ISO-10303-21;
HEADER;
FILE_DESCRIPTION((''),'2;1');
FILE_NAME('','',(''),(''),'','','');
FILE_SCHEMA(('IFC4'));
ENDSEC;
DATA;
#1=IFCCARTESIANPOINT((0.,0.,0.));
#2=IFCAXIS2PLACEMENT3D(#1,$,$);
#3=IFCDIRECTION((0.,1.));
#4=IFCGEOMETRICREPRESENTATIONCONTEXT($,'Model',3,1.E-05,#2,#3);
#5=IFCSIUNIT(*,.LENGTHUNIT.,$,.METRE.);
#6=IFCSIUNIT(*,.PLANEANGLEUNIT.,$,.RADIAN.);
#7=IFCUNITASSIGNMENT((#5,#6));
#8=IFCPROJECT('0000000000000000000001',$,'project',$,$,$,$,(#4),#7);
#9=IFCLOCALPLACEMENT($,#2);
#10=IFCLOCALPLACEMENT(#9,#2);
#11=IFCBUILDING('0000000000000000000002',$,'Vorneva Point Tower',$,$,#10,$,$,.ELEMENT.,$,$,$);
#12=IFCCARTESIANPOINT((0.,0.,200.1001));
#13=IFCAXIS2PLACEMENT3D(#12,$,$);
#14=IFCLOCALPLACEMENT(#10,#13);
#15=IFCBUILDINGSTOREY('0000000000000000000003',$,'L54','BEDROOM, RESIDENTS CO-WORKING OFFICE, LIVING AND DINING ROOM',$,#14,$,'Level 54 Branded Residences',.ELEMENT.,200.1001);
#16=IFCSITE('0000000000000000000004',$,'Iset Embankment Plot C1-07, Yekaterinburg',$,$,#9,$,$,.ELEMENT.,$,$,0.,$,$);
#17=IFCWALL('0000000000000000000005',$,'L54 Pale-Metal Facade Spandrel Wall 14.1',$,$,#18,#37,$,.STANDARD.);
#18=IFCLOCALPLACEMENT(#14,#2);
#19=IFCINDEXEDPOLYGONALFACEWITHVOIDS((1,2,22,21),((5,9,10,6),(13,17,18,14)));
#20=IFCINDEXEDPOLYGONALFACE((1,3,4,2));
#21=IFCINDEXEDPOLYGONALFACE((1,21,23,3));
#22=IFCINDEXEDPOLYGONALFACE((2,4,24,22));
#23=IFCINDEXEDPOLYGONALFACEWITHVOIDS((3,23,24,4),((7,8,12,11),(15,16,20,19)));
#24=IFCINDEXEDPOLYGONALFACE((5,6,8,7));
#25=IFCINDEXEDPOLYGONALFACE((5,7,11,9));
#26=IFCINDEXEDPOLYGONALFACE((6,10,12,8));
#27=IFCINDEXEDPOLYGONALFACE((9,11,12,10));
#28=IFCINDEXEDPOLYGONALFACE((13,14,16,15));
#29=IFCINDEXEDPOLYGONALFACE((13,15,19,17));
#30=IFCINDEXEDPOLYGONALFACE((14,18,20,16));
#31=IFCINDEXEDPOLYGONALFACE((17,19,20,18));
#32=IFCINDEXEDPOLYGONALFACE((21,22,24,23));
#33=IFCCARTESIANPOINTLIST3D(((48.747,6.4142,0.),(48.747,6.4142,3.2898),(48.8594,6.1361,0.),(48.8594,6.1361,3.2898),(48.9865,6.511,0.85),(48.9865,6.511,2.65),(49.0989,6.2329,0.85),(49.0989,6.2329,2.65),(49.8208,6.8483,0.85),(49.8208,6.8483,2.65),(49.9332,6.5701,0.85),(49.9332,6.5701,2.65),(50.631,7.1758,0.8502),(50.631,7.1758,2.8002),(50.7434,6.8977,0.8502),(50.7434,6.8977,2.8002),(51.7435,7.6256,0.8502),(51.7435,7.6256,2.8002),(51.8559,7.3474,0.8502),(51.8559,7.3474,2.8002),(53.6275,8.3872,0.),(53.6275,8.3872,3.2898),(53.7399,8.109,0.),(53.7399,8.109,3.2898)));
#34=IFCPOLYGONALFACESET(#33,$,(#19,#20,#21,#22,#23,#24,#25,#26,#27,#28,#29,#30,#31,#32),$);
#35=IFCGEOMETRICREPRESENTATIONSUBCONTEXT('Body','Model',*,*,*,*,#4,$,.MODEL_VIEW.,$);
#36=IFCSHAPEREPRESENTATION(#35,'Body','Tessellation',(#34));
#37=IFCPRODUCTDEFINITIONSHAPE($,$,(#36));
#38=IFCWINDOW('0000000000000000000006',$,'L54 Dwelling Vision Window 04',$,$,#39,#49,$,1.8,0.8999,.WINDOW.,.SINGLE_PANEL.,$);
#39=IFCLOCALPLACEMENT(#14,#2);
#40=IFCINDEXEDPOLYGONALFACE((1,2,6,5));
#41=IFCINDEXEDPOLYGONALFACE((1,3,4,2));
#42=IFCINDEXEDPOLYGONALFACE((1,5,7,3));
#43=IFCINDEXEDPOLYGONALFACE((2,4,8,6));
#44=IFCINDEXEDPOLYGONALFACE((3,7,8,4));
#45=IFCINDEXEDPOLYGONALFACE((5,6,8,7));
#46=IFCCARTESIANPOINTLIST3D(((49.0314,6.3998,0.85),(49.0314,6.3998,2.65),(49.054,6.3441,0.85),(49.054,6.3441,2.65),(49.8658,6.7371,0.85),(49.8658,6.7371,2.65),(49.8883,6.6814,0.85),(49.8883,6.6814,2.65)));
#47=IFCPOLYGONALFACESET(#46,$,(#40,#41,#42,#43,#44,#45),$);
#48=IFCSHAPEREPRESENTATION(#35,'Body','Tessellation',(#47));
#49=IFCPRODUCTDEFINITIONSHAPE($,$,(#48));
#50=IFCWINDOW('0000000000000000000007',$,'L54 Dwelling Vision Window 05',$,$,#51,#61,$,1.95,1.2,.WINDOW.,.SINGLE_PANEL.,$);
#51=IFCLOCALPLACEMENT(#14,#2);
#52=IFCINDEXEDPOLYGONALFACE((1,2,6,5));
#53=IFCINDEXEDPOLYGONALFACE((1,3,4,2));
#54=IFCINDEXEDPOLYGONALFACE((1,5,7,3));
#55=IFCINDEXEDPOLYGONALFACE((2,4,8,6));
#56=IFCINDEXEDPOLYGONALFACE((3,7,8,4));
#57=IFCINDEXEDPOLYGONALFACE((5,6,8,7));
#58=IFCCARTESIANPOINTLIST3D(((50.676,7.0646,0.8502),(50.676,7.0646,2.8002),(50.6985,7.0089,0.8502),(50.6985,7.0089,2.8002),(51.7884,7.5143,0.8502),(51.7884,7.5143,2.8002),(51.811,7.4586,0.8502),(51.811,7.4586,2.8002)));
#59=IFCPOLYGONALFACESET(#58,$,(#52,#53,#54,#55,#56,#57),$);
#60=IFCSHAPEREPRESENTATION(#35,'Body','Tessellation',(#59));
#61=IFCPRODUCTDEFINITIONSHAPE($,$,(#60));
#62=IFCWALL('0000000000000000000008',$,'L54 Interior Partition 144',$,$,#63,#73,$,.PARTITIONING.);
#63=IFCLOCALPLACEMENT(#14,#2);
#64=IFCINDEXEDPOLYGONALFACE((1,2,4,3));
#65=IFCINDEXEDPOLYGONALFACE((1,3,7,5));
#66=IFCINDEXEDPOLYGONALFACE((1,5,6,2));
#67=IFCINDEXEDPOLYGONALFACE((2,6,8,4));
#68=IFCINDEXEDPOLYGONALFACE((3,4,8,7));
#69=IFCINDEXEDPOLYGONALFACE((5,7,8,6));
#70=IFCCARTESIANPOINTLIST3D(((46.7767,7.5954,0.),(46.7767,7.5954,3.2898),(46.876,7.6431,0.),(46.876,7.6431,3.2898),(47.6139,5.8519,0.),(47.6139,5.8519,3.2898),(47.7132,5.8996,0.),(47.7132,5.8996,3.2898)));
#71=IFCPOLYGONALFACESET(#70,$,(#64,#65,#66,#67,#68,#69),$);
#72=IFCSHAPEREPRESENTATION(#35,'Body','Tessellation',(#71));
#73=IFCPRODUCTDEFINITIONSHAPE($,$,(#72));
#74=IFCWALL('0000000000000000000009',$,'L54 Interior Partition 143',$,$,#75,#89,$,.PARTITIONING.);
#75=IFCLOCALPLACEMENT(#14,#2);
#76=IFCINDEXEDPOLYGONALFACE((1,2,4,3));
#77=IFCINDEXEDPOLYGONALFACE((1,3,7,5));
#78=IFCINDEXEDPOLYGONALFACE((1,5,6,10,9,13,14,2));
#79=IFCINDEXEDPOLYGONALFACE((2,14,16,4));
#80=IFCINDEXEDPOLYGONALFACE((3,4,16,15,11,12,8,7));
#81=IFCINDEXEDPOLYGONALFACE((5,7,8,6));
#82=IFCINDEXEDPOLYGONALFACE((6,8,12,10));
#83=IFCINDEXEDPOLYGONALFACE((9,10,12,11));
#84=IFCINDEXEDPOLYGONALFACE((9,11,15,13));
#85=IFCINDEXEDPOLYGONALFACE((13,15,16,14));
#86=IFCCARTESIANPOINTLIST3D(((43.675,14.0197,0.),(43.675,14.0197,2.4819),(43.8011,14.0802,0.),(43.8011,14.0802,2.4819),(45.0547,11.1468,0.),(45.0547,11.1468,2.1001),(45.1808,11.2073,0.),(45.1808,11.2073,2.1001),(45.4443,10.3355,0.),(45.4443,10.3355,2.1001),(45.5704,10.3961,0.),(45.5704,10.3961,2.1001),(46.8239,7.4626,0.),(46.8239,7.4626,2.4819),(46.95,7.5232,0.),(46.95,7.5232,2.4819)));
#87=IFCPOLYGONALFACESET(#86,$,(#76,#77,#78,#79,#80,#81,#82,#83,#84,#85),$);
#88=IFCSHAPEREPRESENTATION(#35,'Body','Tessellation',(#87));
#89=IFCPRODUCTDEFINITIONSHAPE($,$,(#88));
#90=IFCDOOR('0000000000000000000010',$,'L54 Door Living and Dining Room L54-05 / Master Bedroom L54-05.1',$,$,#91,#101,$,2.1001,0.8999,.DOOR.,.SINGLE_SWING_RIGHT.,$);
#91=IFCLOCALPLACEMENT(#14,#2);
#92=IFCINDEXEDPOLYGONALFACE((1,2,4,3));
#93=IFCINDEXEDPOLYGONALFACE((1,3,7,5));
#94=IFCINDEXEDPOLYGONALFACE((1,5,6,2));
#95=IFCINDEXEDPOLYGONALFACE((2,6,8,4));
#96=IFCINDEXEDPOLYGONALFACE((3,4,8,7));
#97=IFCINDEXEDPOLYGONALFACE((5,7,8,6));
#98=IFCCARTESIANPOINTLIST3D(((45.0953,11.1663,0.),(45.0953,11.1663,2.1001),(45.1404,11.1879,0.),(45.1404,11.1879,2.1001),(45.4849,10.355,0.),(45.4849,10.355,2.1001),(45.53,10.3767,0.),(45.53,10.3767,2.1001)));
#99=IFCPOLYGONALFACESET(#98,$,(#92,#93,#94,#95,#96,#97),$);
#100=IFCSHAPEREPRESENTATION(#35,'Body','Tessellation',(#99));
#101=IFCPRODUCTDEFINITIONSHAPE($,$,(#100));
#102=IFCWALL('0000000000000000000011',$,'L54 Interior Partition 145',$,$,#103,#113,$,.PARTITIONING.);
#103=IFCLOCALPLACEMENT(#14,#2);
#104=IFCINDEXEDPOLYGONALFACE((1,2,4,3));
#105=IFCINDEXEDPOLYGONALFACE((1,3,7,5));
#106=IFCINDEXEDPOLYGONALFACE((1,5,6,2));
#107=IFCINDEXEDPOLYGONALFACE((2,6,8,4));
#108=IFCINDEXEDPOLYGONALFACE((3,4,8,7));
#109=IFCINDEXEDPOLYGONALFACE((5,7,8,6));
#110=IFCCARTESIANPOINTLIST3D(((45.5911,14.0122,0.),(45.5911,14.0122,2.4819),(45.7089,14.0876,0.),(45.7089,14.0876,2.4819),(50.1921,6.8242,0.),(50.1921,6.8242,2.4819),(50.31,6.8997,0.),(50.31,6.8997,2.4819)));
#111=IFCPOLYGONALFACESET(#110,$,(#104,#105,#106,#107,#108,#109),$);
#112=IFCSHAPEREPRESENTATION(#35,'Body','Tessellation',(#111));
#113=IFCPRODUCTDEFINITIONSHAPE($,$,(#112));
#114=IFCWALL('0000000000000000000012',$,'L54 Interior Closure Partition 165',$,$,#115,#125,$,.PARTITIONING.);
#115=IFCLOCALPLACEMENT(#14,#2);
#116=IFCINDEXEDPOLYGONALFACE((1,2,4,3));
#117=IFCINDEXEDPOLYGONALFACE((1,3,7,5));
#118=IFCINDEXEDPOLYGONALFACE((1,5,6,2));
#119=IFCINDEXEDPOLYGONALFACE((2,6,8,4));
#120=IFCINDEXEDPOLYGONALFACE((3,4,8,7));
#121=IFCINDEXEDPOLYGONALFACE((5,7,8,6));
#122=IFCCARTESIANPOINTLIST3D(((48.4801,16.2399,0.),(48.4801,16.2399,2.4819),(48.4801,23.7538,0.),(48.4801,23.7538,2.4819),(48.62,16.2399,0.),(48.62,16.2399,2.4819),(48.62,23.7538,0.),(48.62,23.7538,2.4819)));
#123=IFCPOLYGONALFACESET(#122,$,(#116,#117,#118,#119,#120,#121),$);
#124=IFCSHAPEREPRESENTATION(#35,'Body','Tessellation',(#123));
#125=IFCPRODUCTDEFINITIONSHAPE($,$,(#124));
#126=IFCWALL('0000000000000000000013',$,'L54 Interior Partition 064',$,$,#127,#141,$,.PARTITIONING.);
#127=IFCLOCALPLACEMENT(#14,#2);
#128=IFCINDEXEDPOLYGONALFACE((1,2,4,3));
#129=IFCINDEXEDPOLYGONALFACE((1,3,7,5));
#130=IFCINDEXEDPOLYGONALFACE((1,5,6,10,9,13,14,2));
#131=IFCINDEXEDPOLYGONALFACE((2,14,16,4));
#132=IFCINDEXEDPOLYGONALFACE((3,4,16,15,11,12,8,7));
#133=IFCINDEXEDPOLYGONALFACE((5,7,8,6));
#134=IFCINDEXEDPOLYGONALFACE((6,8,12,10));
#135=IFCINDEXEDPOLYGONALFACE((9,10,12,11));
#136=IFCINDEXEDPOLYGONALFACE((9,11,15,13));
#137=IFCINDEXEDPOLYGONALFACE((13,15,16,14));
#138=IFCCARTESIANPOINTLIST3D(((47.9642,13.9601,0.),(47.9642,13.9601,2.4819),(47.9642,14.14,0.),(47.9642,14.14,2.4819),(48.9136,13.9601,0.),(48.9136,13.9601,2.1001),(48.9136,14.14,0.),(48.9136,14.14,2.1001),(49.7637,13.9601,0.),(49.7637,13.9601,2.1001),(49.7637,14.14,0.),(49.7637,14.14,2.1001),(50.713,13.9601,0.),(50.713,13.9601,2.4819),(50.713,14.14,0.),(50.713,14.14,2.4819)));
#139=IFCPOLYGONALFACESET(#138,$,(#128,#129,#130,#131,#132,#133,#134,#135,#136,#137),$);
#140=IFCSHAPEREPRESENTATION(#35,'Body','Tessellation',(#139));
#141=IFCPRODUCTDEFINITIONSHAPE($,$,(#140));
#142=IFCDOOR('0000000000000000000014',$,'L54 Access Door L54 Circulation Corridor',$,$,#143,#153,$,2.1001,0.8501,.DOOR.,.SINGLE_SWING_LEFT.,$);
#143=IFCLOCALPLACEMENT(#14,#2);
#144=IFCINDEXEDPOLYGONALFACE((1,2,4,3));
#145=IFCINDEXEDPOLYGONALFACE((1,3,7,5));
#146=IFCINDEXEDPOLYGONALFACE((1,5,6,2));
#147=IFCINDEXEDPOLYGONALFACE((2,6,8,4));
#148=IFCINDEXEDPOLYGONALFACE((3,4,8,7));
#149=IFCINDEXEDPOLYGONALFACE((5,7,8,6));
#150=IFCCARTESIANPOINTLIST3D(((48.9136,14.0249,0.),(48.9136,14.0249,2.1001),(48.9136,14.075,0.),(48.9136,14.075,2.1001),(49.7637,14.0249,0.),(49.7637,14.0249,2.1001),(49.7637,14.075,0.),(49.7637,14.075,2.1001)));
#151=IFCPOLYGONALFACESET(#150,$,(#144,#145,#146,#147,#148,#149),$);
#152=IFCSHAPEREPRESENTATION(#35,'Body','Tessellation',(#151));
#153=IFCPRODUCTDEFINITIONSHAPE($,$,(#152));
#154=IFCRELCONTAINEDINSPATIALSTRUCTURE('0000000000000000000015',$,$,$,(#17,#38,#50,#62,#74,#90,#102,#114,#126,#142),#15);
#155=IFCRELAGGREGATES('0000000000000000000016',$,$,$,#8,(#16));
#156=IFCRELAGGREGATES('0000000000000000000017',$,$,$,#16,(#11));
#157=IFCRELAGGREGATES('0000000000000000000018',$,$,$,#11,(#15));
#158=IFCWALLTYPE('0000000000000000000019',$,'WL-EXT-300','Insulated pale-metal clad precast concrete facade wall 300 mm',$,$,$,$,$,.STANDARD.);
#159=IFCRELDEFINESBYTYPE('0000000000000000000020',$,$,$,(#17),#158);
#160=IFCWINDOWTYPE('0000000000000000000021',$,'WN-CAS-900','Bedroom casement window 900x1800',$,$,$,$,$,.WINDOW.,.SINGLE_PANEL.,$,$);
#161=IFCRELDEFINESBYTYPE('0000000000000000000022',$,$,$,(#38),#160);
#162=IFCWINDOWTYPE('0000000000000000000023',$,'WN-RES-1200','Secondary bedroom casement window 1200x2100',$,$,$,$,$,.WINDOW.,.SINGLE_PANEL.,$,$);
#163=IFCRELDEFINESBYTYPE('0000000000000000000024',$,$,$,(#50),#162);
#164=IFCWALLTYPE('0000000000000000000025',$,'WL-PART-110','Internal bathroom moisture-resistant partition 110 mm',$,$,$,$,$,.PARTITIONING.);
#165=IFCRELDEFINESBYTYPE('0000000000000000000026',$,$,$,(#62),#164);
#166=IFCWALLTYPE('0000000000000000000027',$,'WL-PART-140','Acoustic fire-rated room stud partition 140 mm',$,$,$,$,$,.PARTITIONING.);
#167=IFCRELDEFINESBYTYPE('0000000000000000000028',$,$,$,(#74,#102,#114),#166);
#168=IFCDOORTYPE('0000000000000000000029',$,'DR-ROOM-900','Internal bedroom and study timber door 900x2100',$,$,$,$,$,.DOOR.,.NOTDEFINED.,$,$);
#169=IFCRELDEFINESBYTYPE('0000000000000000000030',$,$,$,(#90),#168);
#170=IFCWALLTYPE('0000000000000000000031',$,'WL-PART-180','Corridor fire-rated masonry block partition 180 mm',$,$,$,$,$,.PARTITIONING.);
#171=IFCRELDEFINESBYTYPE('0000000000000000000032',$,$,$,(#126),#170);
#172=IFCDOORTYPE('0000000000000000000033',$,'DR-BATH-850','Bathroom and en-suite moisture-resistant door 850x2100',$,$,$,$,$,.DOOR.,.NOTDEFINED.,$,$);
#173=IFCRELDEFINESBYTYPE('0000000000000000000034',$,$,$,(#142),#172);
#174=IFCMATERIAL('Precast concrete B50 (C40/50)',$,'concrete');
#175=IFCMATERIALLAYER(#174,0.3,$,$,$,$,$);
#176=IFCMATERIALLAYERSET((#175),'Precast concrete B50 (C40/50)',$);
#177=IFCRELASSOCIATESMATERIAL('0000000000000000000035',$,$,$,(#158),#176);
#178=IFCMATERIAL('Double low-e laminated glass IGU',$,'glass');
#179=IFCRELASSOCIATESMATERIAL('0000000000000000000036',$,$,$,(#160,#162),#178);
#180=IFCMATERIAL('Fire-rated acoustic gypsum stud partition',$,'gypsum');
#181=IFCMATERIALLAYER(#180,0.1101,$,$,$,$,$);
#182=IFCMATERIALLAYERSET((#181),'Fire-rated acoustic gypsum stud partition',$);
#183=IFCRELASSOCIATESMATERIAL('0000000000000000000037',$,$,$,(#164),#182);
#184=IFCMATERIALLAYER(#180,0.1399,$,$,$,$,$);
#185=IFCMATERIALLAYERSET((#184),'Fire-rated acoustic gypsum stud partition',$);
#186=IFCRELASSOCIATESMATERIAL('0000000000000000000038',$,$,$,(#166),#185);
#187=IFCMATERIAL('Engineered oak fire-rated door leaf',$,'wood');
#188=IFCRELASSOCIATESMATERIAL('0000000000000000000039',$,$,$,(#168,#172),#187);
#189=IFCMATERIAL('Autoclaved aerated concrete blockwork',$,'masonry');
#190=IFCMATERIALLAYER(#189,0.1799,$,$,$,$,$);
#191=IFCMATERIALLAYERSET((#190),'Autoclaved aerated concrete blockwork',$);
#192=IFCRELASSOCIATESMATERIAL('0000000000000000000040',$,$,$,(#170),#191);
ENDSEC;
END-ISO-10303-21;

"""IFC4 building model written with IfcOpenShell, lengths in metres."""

from ifc_helpers import new_model, si_unit, direction, frame, frame_2d, origin, place, context, subcontext, project, spatial, rectangle, extrude, material, layer, layer_set, type_object, element, fill, save


model = new_model("IFC4")

# Units and contexts
model_context = context("Model", 3, precision=1e-05, world=origin(), true_north=direction((0.0, 1.0)))
body_context = subcontext(model_context, "Body", "Model", "MODEL_VIEW")
ifc_project = project(units=[si_unit("LENGTHUNIT", "METRE"), si_unit("PLANEANGLEUNIT", "RADIAN")], contexts=[model_context])

# Site, building, storey
site_placement = place(None, origin())
site = spatial("IfcSite", under=ifc_project, at=site_placement, Name="Iset Embankment Plot C1-07, Yekaterinburg", CompositionType="ELEMENT", RefElevation=0.0)
building_placement = place(site_placement, origin())
building = spatial("IfcBuilding", under=site, at=building_placement, Name="Vorneva Point Tower", CompositionType="ELEMENT")
storey_placement = place(building_placement, frame((0.0, 0.0, 200.1001)))
storey = spatial("IfcBuildingStorey", under=building, at=storey_placement, Name="L54", Description="BEDROOM, RESIDENTS CO-WORKING OFFICE, LIVING AND DINING ROOM", LongName="Level 54 Branded Residences", CompositionType="ELEMENT", Elevation=200.1001)

# Wall, openings, windows
ifc_material_1 = material(Name="Precast concrete B50 (C40/50)", Category="concrete")
ifc_layer_1 = layer(ifc_material_1, 0.3)
ifc_layer_set_1 = layer_set([ifc_layer_1], Name="Precast concrete B50 (C40/50)")
wall_type_1 = type_object("IfcWallType", Name="WL-EXT-300", Description="Insulated pale-metal clad precast concrete facade wall 300 mm", PredefinedType="STANDARD", material=ifc_layer_set_1)
wall_1_placement = place(storey_placement, frame((48.8032, 6.2751, 0.0), z_axis=(0.0, 0.0, 1.0), x_axis=(0.927111, 0.374787, 0.0)))
wall_1 = element("IfcWall", 1, at=wall_1_placement, inside=storey, type_object=wall_type_1, Name="L54 Pale-Metal Facade Spandrel Wall 14.1", PredefinedType="STANDARD", context=body_context, shape_type="SweptSolid", body=[
    extrude(rectangle(XDim=5.2642, YDim=0.3, at=frame_2d((2.6321, 0.0))), origin(), (0.0, 0.0, 1.0), 3.2898),
])
opening_1_placement = place(wall_1_placement, frame((0.2583, 0.0, 0.8501)))
opening_1 = element("IfcOpeningElement", 2, at=opening_1_placement, cuts=wall_1, PredefinedType="OPENING", context=body_context, shape_type="SweptSolid", body=[
    extrude(rectangle(XDim=0.8999, YDim=1.8, at=frame_2d((0.45, 0.8999))), frame((0.0, 0.165, 0.0), z_axis=(0.0, -1.0, 0.0), x_axis=(1.0, 0.0, 0.0)), (0.0, 0.0, 1.0), 0.3298),
])
opening_2_placement = place(wall_1_placement, frame((2.032, 0.0, 0.8501)))
opening_2 = element("IfcOpeningElement", 3, at=opening_2_placement, cuts=wall_1, PredefinedType="OPENING", context=body_context, shape_type="SweptSolid", body=[
    extrude(rectangle(XDim=1.2, YDim=1.95, at=frame_2d((0.6001, 0.9751))), frame((0.0, 0.165, 0.0), z_axis=(0.0, -1.0, 0.0), x_axis=(1.0, 0.0, 0.0)), (0.0, 0.0, 1.0), 0.3298),
])
ifc_material_2 = material(Name="Double low-e laminated glass IGU", Category="glass")
window_type_1 = type_object("IfcWindowType", Name="WN-CAS-900", Description="Bedroom casement window 900x1800", PartitioningType="SINGLE_PANEL", PredefinedType="WINDOW", material=ifc_material_2)
window_1_placement = place(opening_1_placement, origin())
window_1 = element("IfcWindow", 4, at=window_1_placement, inside=storey, type_object=window_type_1, Name="L54 Dwelling Vision Window 04", OverallHeight=1.8, OverallWidth=0.8999, PartitioningType="SINGLE_PANEL", PredefinedType="WINDOW", context=body_context, shape_type="SweptSolid", body=[
    extrude(rectangle(XDim=0.8999, YDim=1.8, at=frame_2d((0.45, 0.8999))), frame((0.0, 0.03, 0.0), z_axis=(0.0, -1.0, 0.0), x_axis=(1.0, 0.0, 0.0)), (0.0, 0.0, 1.0), 0.0601),
])
fill(opening_1, window_1)
window_type_2 = type_object("IfcWindowType", Name="WN-RES-1200", Description="Secondary bedroom casement window 1200x2100", PartitioningType="SINGLE_PANEL", PredefinedType="WINDOW", material=ifc_material_2)
window_2_placement = place(opening_2_placement, origin())
window_2 = element("IfcWindow", 5, at=window_2_placement, inside=storey, type_object=window_type_2, Name="L54 Dwelling Vision Window 05", OverallHeight=1.95, OverallWidth=1.2, PartitioningType="SINGLE_PANEL", PredefinedType="WINDOW", context=body_context, shape_type="SweptSolid", body=[
    extrude(rectangle(XDim=1.2, YDim=1.95, at=frame_2d((0.6001, 0.9751))), frame((0.0, 0.03, 0.0), z_axis=(0.0, -1.0, 0.0), x_axis=(1.0, 0.0, 0.0)), (0.0, 0.0, 1.0), 0.0601),
])
fill(opening_2, window_2)

# Wall
ifc_material_3 = material(Name="Fire-rated acoustic gypsum stud partition", Category="gypsum")
ifc_layer_2 = layer(ifc_material_3, 0.1101)
ifc_layer_set_2 = layer_set([ifc_layer_2], Name="Fire-rated acoustic gypsum stud partition")
wall_type_2 = type_object("IfcWallType", Name="WL-PART-110", Description="Internal bathroom moisture-resistant partition 110 mm", PredefinedType="PARTITIONING", material=ifc_layer_set_2)
wall_2_placement = place(storey_placement, frame((47.6636, 5.8757, 0.0), z_axis=(0.0, 0.0, 1.0), x_axis=(-0.432866, 0.901458, 0.0)))
element("IfcWall", 6, at=wall_2_placement, inside=storey, type_object=wall_type_2, Name="L54 Interior Partition 144", PredefinedType="PARTITIONING", context=body_context, shape_type="SweptSolid", body=[
    extrude(rectangle(XDim=1.9341, YDim=0.1101, at=frame_2d((0.967, 0.0))), origin(), (0.0, 0.0, 1.0), 3.2898),
])

# Wall, opening, door
ifc_layer_3 = layer(ifc_material_3, 0.1399)
ifc_layer_set_3 = layer_set([ifc_layer_3], Name="Fire-rated acoustic gypsum stud partition")
wall_type_3 = type_object("IfcWallType", Name="WL-PART-140", Description="Acoustic fire-rated room stud partition 140 mm", PredefinedType="PARTITIONING", material=ifc_layer_set_3)
wall_3_placement = place(storey_placement, frame((46.887, 7.4929, 0.0), z_axis=(0.0, 0.0, 1.0), x_axis=(-0.432899, 0.901442, 0.0)))
wall_3 = element("IfcWall", 7, at=wall_3_placement, inside=storey, type_object=wall_type_3, Name="L54 Interior Partition 143", PredefinedType="PARTITIONING", context=body_context, shape_type="SweptSolid", body=[
    extrude(rectangle(XDim=7.2739, YDim=0.1399, at=frame_2d((3.637, 0.0))), origin(), (0.0, 0.0, 1.0), 2.4819),
])
opening_3_placement = place(wall_3_placement, frame((3.187, 0.0, 0.0)))
opening_3 = element("IfcOpeningElement", 8, at=opening_3_placement, cuts=wall_3, PredefinedType="OPENING", context=body_context, shape_type="SweptSolid", body=[
    extrude(rectangle(XDim=0.8999, YDim=2.1001, at=frame_2d((0.45, 1.05))), frame((0.0, 0.085, 0.0), z_axis=(0.0, -1.0, 0.0), x_axis=(1.0, 0.0, 0.0)), (0.0, 0.0, 1.0), 0.1697),
])
ifc_material_4 = material(Name="Engineered oak fire-rated door leaf", Category="wood")
door_type_1 = type_object("IfcDoorType", Name="DR-ROOM-900", Description="Internal bedroom and study timber door 900x2100", OperationType="NOTDEFINED", PredefinedType="DOOR", material=ifc_material_4)
door_1_placement = place(opening_3_placement, origin())
door_1 = element("IfcDoor", 9, at=door_1_placement, inside=storey, type_object=door_type_1, Name="L54 Door Living and Dining Room L54-05 / Master Bedroom L54-05.1", OperationType="SINGLE_SWING_RIGHT", OverallHeight=2.1001, OverallWidth=0.8999, PredefinedType="DOOR", context=body_context, shape_type="SweptSolid", body=[
    extrude(rectangle(XDim=0.8999, YDim=2.1001, at=frame_2d((0.45, 1.05))), frame((0.0, 0.0249, 0.0), z_axis=(0.0, -1.0, 0.0), x_axis=(1.0, 0.0, 0.0)), (0.0, 0.0, 1.0), 0.05),
])
fill(opening_3, door_1)

# Walls
wall_4_placement = place(storey_placement, frame((50.251, 6.8621, 0.0), z_axis=(0.0, 0.0, 1.0), x_axis=(-0.539117, 0.842231, 0.0)))
element("IfcWall", 10, at=wall_4_placement, inside=storey, type_object=wall_type_3, Name="L54 Interior Partition 145", PredefinedType="PARTITIONING", context=body_context, shape_type="SweptSolid", body=[
    extrude(rectangle(XDim=8.5344, YDim=0.1399, at=frame_2d((4.2671, 0.0))), origin(), (0.0, 0.0, 1.0), 2.4819),
])
wall_5_placement = place(storey_placement, frame((48.55, 16.24, 0.0), z_axis=(0.0, 0.0, 1.0), x_axis=(0.0, 1.0, 0.0)))
element("IfcWall", 11, at=wall_5_placement, inside=storey, type_object=wall_type_3, Name="L54 Interior Closure Partition 165", PredefinedType="PARTITIONING", context=body_context, shape_type="SweptSolid", body=[
    extrude(rectangle(XDim=7.5139, YDim=0.1399, at=frame_2d((3.7568, 0.0))), origin(), (0.0, 0.0, 1.0), 2.4819),
])

# Wall, opening, door
ifc_material_5 = material(Name="Autoclaved aerated concrete blockwork", Category="masonry")
ifc_layer_4 = layer(ifc_material_5, 0.1799)
ifc_layer_set_4 = layer_set([ifc_layer_4], Name="Autoclaved aerated concrete blockwork")
wall_type_4 = type_object("IfcWallType", Name="WL-PART-180", Description="Corridor fire-rated masonry block partition 180 mm", PredefinedType="PARTITIONING", material=ifc_layer_set_4)
wall_6_placement = place(storey_placement, frame((47.9641, 14.05, 0.0), z_axis=(0.0, 0.0, 1.0), x_axis=(1.0, 0.0, 0.0)))
wall_6 = element("IfcWall", 12, at=wall_6_placement, inside=storey, type_object=wall_type_4, Name="L54 Interior Partition 064", PredefinedType="PARTITIONING", context=body_context, shape_type="SweptSolid", body=[
    extrude(rectangle(XDim=2.7488, YDim=0.1799, at=frame_2d((1.3745, 0.0))), origin(), (0.0, 0.0, 1.0), 2.4819),
])
opening_4_placement = place(wall_6_placement, frame((0.9495, 0.0, 0.0)))
opening_4 = element("IfcOpeningElement", 13, at=opening_4_placement, cuts=wall_6, PredefinedType="OPENING", context=body_context, shape_type="SweptSolid", body=[
    extrude(rectangle(XDim=0.8501, YDim=2.1001, at=frame_2d((0.425, 1.05))), frame((0.0, 0.105, 0.0), z_axis=(0.0, -1.0, 0.0), x_axis=(1.0, 0.0, 0.0)), (0.0, 0.0, 1.0), 0.2097),
])
door_type_2 = type_object("IfcDoorType", Name="DR-BATH-850", Description="Bathroom and en-suite moisture-resistant door 850x2100", OperationType="NOTDEFINED", PredefinedType="DOOR", material=ifc_material_4)
door_2_placement = place(opening_4_placement, origin())
door_2 = element("IfcDoor", 14, at=door_2_placement, inside=storey, type_object=door_type_2, Name="L54 Access Door L54 Circulation Corridor", OperationType="SINGLE_SWING_LEFT", OverallHeight=2.1001, OverallWidth=0.8501, PredefinedType="DOOR", context=body_context, shape_type="SweptSolid", body=[
    extrude(rectangle(XDim=0.8501, YDim=2.1001, at=frame_2d((0.425, 1.05))), frame((0.0, 0.0249, 0.0), z_axis=(0.0, -1.0, 0.0), x_axis=(1.0, 0.0, 0.0)), (0.0, 0.0, 1.0), 0.05),
])
fill(opening_4, door_2)

save(model, "model.ifc")
